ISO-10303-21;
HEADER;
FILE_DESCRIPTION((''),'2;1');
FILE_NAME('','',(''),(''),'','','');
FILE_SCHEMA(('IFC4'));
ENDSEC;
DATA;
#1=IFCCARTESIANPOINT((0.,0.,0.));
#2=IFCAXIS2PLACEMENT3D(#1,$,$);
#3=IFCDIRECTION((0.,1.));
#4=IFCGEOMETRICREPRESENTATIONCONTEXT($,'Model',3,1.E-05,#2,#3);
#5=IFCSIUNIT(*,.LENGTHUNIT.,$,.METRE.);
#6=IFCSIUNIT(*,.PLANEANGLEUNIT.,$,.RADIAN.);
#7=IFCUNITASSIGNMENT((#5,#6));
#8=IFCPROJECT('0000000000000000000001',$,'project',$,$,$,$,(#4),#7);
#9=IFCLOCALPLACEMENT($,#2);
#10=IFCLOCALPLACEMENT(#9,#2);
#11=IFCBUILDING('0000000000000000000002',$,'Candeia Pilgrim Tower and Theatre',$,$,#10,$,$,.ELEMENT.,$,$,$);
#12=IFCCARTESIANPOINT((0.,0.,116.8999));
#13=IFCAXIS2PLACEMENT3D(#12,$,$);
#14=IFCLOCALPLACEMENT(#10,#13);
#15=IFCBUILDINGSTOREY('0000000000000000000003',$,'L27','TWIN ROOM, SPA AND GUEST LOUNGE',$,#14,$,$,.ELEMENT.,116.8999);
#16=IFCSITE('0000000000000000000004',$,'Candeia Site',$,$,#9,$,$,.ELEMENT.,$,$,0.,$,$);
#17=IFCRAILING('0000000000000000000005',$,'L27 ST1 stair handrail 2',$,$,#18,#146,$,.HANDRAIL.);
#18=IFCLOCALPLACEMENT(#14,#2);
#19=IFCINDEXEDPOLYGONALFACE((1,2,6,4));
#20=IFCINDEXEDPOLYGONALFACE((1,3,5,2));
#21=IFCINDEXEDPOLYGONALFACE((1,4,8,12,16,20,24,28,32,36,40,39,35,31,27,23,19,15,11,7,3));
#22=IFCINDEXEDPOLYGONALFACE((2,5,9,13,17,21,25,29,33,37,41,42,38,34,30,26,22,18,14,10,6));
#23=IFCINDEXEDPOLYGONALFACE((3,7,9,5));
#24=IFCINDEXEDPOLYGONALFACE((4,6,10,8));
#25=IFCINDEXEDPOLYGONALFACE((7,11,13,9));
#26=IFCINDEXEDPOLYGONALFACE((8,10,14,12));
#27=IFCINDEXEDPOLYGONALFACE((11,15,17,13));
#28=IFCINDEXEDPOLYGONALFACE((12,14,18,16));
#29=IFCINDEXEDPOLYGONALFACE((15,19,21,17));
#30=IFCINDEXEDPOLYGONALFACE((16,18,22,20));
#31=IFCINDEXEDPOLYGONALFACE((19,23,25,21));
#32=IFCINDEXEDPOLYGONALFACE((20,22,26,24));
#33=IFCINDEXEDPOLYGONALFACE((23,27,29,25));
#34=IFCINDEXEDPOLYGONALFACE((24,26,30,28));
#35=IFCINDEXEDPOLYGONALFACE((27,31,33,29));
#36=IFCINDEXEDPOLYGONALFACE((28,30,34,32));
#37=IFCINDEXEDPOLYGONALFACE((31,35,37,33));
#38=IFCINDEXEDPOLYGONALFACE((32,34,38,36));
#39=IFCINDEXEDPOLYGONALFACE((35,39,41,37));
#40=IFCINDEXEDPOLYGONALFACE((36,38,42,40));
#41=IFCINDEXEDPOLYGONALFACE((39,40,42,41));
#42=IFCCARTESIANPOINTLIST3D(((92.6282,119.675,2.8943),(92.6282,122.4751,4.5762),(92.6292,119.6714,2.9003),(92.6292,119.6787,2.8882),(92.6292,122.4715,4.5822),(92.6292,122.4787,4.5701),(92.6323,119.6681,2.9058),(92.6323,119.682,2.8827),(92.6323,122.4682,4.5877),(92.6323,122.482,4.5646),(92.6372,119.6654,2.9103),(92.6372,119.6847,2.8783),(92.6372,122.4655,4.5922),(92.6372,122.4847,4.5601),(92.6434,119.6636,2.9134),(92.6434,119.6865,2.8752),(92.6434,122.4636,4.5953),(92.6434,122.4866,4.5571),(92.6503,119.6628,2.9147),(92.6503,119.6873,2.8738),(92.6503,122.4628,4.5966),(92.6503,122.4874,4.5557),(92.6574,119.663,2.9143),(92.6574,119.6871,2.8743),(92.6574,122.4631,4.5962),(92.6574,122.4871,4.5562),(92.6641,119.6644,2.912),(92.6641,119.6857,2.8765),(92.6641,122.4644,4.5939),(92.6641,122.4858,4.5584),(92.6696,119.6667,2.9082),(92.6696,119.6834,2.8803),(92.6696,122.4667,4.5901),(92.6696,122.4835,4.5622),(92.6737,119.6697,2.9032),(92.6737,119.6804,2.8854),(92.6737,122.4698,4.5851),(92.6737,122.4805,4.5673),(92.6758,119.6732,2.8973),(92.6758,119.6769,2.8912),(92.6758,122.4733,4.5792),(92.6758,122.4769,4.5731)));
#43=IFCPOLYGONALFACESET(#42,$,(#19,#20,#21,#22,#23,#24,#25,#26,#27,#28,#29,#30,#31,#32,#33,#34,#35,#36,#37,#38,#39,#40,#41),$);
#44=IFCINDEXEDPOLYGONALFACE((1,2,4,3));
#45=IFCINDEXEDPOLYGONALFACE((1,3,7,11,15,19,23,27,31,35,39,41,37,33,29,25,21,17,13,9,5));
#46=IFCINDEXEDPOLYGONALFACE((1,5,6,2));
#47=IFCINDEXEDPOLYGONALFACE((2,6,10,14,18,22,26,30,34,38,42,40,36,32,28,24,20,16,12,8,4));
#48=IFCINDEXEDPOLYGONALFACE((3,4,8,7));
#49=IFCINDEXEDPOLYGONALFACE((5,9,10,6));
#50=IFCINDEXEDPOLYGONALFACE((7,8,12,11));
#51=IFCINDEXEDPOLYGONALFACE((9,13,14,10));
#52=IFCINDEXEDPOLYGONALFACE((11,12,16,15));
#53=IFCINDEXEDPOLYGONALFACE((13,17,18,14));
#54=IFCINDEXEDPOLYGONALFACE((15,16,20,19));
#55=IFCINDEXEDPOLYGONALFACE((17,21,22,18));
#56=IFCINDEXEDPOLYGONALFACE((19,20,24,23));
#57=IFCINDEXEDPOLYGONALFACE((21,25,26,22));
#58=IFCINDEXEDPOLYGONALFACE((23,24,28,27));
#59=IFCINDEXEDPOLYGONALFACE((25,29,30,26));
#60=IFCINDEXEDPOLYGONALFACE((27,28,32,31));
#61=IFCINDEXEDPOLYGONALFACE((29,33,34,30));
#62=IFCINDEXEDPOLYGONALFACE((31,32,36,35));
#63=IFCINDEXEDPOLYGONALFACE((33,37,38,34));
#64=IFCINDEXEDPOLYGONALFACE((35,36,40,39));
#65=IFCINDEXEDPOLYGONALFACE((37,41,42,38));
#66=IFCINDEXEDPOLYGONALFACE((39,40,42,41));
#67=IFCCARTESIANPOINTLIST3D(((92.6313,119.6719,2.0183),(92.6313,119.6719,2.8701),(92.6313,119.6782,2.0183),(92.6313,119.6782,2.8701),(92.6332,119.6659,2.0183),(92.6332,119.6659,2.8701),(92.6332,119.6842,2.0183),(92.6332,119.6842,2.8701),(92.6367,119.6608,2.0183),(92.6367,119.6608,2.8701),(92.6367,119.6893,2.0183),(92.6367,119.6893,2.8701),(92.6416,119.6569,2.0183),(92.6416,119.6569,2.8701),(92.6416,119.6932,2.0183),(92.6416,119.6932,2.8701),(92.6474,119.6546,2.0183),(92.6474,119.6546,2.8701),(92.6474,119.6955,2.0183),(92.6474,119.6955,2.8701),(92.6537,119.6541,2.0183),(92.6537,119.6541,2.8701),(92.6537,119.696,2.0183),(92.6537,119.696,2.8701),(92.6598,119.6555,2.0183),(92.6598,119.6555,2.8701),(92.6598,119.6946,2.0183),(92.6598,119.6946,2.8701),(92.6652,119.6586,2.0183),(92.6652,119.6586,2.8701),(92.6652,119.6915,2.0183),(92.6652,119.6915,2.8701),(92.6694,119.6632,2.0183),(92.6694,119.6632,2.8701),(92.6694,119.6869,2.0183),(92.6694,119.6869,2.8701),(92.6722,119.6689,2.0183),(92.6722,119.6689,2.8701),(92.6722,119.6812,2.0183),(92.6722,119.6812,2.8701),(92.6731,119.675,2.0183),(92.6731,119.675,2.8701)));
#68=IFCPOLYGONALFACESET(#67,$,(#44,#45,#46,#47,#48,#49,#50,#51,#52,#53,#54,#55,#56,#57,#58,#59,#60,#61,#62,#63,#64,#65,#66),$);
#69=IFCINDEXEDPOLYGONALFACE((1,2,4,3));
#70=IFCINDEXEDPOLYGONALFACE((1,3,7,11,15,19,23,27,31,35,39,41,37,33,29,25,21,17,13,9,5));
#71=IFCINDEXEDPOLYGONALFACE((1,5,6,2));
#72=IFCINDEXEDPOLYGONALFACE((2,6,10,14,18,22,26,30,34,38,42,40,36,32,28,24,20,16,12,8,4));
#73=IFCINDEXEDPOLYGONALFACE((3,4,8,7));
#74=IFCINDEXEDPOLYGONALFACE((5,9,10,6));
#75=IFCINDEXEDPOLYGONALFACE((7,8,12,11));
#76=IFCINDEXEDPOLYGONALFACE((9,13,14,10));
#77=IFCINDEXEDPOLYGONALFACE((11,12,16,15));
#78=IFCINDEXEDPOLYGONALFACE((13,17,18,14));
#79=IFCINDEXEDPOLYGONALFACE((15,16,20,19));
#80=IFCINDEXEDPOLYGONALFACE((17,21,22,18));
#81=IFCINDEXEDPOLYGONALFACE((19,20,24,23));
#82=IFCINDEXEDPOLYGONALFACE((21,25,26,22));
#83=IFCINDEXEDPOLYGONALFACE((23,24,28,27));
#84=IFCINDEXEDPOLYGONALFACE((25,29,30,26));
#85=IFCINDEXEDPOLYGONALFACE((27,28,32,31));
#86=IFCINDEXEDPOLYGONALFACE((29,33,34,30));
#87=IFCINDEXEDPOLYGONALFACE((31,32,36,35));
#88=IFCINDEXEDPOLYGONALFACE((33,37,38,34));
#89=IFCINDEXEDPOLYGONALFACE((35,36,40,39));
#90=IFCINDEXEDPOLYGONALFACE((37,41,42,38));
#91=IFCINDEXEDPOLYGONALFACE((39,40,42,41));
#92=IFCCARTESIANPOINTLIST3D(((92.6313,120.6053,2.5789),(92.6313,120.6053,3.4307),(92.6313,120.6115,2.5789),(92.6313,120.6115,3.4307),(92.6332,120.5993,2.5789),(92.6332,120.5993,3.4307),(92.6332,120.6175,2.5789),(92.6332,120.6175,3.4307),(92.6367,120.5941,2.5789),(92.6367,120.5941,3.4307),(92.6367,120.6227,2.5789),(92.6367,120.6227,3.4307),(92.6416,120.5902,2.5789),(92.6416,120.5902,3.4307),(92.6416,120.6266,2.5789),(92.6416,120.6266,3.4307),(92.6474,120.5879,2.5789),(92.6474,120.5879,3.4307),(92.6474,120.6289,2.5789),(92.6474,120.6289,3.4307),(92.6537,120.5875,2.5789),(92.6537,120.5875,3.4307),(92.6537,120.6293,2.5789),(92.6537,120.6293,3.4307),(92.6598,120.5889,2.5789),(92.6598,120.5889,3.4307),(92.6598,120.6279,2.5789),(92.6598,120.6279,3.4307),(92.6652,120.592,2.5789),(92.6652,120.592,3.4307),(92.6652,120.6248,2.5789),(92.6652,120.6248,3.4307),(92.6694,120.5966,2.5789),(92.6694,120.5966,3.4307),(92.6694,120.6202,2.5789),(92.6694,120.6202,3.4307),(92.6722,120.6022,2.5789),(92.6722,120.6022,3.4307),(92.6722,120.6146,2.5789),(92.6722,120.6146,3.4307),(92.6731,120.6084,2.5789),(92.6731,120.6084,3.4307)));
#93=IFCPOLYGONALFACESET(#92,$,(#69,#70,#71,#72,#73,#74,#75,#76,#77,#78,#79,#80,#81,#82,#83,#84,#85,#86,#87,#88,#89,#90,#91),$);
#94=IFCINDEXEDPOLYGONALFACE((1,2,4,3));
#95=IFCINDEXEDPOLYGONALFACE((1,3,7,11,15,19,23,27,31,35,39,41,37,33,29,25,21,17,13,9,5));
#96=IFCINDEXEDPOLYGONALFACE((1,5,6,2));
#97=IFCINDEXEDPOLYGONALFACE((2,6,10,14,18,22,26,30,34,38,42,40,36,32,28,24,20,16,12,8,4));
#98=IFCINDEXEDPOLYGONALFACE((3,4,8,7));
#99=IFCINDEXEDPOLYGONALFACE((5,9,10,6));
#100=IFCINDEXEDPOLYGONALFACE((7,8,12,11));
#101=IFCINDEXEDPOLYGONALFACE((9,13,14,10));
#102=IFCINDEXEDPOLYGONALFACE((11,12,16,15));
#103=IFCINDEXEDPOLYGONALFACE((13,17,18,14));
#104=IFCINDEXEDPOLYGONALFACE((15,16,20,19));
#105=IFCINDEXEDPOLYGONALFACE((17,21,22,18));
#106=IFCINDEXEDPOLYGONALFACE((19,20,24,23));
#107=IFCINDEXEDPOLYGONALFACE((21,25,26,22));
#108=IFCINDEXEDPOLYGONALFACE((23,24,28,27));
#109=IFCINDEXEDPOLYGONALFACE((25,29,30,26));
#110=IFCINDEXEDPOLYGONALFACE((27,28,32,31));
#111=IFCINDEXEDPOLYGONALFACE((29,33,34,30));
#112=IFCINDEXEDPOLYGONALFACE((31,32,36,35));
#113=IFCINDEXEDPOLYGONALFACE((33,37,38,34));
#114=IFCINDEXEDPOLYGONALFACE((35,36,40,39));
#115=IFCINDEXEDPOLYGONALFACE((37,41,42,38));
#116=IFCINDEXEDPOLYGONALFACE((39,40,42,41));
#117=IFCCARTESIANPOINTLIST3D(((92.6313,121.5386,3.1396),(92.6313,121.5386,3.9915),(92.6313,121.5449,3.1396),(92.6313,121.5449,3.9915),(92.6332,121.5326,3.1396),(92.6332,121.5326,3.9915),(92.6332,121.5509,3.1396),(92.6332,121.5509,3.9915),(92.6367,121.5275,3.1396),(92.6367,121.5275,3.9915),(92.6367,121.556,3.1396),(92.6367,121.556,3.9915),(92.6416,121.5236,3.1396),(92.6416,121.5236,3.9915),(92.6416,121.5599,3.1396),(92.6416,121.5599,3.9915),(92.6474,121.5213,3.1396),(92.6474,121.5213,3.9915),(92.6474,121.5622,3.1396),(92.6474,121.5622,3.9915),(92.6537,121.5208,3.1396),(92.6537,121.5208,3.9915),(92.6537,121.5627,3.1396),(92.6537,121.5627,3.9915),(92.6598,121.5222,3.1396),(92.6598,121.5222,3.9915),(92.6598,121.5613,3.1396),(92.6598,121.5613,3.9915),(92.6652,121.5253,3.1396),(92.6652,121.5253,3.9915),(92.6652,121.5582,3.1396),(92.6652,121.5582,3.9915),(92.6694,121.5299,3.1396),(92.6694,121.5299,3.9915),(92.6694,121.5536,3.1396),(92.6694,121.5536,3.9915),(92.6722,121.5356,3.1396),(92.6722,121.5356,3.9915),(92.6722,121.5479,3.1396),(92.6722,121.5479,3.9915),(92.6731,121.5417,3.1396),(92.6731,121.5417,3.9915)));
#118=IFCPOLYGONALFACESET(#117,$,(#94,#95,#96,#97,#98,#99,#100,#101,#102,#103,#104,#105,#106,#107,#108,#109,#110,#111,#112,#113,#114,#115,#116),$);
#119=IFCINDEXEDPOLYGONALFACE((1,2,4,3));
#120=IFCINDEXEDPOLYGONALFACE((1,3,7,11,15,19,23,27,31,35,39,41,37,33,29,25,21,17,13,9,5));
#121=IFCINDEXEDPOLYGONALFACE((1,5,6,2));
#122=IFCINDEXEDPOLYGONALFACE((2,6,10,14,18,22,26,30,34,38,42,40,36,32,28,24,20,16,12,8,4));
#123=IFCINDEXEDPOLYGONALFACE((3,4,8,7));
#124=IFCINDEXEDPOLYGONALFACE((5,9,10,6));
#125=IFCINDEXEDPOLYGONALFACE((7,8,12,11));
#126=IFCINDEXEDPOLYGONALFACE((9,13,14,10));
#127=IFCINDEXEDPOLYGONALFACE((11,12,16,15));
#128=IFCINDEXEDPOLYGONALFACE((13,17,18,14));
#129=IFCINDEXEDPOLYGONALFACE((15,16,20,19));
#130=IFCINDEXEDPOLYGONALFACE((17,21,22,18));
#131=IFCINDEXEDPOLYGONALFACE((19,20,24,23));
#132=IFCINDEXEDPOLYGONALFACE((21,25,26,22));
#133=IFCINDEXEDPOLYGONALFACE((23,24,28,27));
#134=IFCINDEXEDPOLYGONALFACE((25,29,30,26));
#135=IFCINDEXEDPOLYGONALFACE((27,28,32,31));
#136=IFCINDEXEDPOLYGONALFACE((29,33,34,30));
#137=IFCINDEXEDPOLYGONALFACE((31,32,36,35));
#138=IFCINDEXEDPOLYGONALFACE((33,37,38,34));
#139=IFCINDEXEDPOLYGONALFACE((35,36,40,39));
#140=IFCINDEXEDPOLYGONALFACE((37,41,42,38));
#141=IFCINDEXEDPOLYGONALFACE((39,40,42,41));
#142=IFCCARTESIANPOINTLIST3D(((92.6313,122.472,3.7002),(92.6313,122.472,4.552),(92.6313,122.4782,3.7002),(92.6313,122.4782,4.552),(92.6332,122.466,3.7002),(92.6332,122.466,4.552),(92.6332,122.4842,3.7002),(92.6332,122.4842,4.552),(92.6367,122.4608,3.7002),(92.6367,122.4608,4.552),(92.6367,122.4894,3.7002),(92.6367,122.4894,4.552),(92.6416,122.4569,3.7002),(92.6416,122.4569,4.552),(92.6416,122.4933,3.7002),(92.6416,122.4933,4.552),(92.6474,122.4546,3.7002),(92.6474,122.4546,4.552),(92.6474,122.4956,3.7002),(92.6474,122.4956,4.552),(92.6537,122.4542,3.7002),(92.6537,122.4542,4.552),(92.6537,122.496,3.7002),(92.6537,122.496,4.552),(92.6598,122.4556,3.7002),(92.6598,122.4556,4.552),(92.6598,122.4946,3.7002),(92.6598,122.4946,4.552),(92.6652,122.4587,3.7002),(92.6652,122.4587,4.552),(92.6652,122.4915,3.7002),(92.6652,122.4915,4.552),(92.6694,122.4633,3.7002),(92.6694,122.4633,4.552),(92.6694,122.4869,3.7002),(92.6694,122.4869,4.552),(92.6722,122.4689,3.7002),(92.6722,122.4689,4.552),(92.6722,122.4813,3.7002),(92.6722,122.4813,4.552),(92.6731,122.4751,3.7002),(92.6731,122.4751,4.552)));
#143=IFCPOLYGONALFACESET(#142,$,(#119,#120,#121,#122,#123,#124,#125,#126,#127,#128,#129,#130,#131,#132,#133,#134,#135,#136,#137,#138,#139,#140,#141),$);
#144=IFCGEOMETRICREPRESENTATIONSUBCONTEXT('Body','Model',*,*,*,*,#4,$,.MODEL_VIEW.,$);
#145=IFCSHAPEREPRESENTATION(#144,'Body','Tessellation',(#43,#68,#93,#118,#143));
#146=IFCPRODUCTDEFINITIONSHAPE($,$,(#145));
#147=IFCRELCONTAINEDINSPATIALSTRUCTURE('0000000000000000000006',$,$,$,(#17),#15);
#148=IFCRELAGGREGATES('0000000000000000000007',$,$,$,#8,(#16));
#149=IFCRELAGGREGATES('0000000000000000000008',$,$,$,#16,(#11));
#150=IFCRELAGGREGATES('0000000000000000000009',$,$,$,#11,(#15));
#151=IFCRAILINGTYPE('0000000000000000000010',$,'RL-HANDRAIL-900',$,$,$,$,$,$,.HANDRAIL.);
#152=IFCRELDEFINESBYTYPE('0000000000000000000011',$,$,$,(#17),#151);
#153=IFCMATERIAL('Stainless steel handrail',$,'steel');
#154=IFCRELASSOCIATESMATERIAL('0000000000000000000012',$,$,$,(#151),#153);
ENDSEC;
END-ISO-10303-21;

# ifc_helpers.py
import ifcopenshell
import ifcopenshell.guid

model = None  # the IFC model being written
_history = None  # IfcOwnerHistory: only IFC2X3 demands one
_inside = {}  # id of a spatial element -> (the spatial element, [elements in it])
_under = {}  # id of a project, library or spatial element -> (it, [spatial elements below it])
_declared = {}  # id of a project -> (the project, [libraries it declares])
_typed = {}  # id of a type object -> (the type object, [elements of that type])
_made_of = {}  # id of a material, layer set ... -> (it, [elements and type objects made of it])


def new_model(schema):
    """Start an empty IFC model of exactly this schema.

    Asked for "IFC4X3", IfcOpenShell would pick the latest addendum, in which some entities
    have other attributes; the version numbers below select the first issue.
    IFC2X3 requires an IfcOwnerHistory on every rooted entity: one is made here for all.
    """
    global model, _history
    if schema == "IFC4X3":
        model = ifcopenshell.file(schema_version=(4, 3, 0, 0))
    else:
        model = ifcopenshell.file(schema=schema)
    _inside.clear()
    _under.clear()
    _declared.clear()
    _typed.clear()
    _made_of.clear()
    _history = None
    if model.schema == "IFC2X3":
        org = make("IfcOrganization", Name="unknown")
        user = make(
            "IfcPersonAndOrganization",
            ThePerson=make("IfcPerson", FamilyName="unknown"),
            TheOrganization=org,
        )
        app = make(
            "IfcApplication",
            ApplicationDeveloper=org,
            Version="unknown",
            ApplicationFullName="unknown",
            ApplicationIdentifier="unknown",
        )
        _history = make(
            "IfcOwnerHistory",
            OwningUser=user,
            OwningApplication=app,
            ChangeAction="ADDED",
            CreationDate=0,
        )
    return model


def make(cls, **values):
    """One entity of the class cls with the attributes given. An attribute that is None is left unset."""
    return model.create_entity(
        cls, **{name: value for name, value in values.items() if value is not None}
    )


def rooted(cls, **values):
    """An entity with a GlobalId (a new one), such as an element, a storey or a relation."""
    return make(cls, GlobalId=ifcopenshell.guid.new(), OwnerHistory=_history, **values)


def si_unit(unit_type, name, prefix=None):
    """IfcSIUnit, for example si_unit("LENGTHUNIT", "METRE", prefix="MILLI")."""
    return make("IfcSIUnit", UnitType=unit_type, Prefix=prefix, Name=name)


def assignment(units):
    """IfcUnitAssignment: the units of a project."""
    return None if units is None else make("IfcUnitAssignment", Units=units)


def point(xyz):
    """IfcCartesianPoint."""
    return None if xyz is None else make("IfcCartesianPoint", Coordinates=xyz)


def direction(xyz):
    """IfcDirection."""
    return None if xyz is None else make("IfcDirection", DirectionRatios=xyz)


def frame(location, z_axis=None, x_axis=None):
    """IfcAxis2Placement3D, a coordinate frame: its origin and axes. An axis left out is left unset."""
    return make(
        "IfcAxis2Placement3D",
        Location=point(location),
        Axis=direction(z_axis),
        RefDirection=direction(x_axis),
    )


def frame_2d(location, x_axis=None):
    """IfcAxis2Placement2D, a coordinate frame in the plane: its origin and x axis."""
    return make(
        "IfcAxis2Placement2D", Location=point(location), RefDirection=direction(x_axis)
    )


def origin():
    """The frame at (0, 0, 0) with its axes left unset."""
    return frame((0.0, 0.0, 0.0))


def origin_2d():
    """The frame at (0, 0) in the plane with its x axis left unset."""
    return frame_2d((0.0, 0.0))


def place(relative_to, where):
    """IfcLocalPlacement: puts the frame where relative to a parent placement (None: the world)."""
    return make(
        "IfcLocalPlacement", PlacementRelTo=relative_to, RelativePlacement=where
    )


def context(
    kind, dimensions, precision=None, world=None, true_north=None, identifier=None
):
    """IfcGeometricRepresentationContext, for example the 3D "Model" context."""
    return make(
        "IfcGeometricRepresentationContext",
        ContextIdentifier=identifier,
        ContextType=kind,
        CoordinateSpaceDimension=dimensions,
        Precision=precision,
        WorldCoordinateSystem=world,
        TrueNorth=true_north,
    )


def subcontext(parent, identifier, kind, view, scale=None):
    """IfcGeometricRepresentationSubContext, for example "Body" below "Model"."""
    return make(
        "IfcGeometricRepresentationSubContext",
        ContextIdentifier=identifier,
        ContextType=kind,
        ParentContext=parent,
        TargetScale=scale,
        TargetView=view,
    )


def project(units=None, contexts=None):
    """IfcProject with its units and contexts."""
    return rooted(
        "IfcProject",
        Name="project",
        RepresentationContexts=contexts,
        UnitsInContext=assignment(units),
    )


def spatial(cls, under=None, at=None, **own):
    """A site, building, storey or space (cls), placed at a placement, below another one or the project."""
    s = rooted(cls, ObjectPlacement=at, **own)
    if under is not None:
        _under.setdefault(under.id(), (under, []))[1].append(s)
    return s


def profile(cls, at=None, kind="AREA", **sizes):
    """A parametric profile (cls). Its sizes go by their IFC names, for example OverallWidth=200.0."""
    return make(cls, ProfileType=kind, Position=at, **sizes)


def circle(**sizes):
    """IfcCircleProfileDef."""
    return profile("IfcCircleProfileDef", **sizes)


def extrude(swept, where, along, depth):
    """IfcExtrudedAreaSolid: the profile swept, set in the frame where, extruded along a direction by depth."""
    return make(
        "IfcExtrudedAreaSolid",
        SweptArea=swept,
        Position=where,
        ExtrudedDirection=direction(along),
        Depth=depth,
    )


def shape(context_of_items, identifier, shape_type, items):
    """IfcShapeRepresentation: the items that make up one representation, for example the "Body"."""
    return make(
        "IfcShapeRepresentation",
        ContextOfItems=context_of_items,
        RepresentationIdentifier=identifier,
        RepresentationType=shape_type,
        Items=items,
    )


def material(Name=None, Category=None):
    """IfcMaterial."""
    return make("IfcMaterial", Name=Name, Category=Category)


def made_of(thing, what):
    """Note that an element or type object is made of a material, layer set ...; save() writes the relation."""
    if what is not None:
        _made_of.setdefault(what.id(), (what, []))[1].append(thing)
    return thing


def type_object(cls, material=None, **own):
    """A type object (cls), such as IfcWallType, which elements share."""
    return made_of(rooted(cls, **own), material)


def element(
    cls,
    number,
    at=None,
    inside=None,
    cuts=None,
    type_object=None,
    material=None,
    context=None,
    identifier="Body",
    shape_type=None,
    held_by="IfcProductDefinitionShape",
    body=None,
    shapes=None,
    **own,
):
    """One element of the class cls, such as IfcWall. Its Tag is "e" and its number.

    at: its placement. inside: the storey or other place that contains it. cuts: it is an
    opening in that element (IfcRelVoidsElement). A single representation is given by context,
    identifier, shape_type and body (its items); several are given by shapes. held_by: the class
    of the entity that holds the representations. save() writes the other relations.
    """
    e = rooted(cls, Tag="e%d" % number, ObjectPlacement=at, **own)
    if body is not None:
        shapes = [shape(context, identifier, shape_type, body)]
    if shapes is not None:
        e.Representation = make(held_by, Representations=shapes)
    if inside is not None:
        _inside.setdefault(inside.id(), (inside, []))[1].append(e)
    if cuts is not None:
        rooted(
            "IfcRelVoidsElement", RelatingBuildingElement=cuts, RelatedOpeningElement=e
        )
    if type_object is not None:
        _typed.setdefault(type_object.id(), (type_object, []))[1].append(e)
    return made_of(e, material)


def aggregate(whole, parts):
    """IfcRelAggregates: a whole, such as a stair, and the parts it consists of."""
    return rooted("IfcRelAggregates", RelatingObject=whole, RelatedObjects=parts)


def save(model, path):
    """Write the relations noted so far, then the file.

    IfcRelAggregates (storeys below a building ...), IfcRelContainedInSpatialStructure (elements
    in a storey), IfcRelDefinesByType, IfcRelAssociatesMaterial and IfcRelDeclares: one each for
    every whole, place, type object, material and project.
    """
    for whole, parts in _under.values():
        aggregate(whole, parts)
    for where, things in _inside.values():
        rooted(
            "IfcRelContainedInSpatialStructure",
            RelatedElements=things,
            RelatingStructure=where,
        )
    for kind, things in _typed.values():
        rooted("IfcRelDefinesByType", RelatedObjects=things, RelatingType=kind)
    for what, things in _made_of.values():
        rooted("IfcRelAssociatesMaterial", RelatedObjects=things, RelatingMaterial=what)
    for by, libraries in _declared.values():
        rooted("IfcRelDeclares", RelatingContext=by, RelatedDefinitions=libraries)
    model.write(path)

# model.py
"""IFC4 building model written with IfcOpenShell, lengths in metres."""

from ifc_helpers import new_model, si_unit, direction, frame, origin, origin_2d, place, context, subcontext, project, spatial, circle, extrude, material, type_object, element, save


model = new_model("IFC4")

# Units and contexts
model_context = context("Model", 3, precision=1e-05, world=origin(), true_north=direction((0.0, 1.0)))
body_context = subcontext(model_context, "Body", "Model", "MODEL_VIEW")
ifc_project = project(units=[si_unit("LENGTHUNIT", "METRE"), si_unit("PLANEANGLEUNIT", "RADIAN")], contexts=[model_context])

# Site, building, storey
site_placement = place(None, origin())
site = spatial("IfcSite", under=ifc_project, at=site_placement, Name="Candeia Site", CompositionType="ELEMENT", RefElevation=0.0)
building_placement = place(site_placement, origin())
building = spatial("IfcBuilding", under=site, at=building_placement, Name="Candeia Pilgrim Tower and Theatre", CompositionType="ELEMENT")
storey_placement = place(building_placement, frame((0.0, 0.0, 116.8999)))
storey = spatial("IfcBuildingStorey", under=building, at=storey_placement, Name="L27", Description="TWIN ROOM, SPA AND GUEST LOUNGE", CompositionType="ELEMENT", Elevation=116.8999)

# Railing
ifc_material_1 = material(Name="Stainless steel handrail", Category="steel")
railing_type = type_object("IfcRailingType", Name="RL-HANDRAIL-900", PredefinedType="HANDRAIL", material=ifc_material_1)
for number, where, name in (
    (1, (92.6521, 119.675, 2.0183), "L27 ST1 stair handrail 2"),
):
    element("IfcRailing", number, at=place(storey_placement, frame(where)), inside=storey, type_object=railing_type, Name=name, PredefinedType="HANDRAIL", context=body_context, shape_type="SweptSolid", body=[
        extrude(circle(Radius=0.0239, at=origin_2d()), frame((0.0, 0.0, 0.876), z_axis=(0.0, 0.857242, 0.514913), x_axis=(-1.0, 0.0, 0.0)), (0.0, 0.0, 1.0), 3.2664),
        extrude(circle(Radius=0.021, at=origin_2d()), origin(), (0.0, 0.0, 1.0), 0.8518),
        extrude(circle(Radius=0.021, at=origin_2d()), frame((0.0, 0.9333, 0.5605)), (0.0, 0.0, 1.0), 0.8518),
        extrude(circle(Radius=0.021, at=origin_2d()), frame((0.0, 1.8667, 1.1213)), (0.0, 0.0, 1.0), 0.8518),
        extrude(circle(Radius=0.021, at=origin_2d()), frame((0.0, 2.8, 1.6819)), (0.0, 0.0, 1.0), 0.8518),
    ])

save(model, "model.ifc")
